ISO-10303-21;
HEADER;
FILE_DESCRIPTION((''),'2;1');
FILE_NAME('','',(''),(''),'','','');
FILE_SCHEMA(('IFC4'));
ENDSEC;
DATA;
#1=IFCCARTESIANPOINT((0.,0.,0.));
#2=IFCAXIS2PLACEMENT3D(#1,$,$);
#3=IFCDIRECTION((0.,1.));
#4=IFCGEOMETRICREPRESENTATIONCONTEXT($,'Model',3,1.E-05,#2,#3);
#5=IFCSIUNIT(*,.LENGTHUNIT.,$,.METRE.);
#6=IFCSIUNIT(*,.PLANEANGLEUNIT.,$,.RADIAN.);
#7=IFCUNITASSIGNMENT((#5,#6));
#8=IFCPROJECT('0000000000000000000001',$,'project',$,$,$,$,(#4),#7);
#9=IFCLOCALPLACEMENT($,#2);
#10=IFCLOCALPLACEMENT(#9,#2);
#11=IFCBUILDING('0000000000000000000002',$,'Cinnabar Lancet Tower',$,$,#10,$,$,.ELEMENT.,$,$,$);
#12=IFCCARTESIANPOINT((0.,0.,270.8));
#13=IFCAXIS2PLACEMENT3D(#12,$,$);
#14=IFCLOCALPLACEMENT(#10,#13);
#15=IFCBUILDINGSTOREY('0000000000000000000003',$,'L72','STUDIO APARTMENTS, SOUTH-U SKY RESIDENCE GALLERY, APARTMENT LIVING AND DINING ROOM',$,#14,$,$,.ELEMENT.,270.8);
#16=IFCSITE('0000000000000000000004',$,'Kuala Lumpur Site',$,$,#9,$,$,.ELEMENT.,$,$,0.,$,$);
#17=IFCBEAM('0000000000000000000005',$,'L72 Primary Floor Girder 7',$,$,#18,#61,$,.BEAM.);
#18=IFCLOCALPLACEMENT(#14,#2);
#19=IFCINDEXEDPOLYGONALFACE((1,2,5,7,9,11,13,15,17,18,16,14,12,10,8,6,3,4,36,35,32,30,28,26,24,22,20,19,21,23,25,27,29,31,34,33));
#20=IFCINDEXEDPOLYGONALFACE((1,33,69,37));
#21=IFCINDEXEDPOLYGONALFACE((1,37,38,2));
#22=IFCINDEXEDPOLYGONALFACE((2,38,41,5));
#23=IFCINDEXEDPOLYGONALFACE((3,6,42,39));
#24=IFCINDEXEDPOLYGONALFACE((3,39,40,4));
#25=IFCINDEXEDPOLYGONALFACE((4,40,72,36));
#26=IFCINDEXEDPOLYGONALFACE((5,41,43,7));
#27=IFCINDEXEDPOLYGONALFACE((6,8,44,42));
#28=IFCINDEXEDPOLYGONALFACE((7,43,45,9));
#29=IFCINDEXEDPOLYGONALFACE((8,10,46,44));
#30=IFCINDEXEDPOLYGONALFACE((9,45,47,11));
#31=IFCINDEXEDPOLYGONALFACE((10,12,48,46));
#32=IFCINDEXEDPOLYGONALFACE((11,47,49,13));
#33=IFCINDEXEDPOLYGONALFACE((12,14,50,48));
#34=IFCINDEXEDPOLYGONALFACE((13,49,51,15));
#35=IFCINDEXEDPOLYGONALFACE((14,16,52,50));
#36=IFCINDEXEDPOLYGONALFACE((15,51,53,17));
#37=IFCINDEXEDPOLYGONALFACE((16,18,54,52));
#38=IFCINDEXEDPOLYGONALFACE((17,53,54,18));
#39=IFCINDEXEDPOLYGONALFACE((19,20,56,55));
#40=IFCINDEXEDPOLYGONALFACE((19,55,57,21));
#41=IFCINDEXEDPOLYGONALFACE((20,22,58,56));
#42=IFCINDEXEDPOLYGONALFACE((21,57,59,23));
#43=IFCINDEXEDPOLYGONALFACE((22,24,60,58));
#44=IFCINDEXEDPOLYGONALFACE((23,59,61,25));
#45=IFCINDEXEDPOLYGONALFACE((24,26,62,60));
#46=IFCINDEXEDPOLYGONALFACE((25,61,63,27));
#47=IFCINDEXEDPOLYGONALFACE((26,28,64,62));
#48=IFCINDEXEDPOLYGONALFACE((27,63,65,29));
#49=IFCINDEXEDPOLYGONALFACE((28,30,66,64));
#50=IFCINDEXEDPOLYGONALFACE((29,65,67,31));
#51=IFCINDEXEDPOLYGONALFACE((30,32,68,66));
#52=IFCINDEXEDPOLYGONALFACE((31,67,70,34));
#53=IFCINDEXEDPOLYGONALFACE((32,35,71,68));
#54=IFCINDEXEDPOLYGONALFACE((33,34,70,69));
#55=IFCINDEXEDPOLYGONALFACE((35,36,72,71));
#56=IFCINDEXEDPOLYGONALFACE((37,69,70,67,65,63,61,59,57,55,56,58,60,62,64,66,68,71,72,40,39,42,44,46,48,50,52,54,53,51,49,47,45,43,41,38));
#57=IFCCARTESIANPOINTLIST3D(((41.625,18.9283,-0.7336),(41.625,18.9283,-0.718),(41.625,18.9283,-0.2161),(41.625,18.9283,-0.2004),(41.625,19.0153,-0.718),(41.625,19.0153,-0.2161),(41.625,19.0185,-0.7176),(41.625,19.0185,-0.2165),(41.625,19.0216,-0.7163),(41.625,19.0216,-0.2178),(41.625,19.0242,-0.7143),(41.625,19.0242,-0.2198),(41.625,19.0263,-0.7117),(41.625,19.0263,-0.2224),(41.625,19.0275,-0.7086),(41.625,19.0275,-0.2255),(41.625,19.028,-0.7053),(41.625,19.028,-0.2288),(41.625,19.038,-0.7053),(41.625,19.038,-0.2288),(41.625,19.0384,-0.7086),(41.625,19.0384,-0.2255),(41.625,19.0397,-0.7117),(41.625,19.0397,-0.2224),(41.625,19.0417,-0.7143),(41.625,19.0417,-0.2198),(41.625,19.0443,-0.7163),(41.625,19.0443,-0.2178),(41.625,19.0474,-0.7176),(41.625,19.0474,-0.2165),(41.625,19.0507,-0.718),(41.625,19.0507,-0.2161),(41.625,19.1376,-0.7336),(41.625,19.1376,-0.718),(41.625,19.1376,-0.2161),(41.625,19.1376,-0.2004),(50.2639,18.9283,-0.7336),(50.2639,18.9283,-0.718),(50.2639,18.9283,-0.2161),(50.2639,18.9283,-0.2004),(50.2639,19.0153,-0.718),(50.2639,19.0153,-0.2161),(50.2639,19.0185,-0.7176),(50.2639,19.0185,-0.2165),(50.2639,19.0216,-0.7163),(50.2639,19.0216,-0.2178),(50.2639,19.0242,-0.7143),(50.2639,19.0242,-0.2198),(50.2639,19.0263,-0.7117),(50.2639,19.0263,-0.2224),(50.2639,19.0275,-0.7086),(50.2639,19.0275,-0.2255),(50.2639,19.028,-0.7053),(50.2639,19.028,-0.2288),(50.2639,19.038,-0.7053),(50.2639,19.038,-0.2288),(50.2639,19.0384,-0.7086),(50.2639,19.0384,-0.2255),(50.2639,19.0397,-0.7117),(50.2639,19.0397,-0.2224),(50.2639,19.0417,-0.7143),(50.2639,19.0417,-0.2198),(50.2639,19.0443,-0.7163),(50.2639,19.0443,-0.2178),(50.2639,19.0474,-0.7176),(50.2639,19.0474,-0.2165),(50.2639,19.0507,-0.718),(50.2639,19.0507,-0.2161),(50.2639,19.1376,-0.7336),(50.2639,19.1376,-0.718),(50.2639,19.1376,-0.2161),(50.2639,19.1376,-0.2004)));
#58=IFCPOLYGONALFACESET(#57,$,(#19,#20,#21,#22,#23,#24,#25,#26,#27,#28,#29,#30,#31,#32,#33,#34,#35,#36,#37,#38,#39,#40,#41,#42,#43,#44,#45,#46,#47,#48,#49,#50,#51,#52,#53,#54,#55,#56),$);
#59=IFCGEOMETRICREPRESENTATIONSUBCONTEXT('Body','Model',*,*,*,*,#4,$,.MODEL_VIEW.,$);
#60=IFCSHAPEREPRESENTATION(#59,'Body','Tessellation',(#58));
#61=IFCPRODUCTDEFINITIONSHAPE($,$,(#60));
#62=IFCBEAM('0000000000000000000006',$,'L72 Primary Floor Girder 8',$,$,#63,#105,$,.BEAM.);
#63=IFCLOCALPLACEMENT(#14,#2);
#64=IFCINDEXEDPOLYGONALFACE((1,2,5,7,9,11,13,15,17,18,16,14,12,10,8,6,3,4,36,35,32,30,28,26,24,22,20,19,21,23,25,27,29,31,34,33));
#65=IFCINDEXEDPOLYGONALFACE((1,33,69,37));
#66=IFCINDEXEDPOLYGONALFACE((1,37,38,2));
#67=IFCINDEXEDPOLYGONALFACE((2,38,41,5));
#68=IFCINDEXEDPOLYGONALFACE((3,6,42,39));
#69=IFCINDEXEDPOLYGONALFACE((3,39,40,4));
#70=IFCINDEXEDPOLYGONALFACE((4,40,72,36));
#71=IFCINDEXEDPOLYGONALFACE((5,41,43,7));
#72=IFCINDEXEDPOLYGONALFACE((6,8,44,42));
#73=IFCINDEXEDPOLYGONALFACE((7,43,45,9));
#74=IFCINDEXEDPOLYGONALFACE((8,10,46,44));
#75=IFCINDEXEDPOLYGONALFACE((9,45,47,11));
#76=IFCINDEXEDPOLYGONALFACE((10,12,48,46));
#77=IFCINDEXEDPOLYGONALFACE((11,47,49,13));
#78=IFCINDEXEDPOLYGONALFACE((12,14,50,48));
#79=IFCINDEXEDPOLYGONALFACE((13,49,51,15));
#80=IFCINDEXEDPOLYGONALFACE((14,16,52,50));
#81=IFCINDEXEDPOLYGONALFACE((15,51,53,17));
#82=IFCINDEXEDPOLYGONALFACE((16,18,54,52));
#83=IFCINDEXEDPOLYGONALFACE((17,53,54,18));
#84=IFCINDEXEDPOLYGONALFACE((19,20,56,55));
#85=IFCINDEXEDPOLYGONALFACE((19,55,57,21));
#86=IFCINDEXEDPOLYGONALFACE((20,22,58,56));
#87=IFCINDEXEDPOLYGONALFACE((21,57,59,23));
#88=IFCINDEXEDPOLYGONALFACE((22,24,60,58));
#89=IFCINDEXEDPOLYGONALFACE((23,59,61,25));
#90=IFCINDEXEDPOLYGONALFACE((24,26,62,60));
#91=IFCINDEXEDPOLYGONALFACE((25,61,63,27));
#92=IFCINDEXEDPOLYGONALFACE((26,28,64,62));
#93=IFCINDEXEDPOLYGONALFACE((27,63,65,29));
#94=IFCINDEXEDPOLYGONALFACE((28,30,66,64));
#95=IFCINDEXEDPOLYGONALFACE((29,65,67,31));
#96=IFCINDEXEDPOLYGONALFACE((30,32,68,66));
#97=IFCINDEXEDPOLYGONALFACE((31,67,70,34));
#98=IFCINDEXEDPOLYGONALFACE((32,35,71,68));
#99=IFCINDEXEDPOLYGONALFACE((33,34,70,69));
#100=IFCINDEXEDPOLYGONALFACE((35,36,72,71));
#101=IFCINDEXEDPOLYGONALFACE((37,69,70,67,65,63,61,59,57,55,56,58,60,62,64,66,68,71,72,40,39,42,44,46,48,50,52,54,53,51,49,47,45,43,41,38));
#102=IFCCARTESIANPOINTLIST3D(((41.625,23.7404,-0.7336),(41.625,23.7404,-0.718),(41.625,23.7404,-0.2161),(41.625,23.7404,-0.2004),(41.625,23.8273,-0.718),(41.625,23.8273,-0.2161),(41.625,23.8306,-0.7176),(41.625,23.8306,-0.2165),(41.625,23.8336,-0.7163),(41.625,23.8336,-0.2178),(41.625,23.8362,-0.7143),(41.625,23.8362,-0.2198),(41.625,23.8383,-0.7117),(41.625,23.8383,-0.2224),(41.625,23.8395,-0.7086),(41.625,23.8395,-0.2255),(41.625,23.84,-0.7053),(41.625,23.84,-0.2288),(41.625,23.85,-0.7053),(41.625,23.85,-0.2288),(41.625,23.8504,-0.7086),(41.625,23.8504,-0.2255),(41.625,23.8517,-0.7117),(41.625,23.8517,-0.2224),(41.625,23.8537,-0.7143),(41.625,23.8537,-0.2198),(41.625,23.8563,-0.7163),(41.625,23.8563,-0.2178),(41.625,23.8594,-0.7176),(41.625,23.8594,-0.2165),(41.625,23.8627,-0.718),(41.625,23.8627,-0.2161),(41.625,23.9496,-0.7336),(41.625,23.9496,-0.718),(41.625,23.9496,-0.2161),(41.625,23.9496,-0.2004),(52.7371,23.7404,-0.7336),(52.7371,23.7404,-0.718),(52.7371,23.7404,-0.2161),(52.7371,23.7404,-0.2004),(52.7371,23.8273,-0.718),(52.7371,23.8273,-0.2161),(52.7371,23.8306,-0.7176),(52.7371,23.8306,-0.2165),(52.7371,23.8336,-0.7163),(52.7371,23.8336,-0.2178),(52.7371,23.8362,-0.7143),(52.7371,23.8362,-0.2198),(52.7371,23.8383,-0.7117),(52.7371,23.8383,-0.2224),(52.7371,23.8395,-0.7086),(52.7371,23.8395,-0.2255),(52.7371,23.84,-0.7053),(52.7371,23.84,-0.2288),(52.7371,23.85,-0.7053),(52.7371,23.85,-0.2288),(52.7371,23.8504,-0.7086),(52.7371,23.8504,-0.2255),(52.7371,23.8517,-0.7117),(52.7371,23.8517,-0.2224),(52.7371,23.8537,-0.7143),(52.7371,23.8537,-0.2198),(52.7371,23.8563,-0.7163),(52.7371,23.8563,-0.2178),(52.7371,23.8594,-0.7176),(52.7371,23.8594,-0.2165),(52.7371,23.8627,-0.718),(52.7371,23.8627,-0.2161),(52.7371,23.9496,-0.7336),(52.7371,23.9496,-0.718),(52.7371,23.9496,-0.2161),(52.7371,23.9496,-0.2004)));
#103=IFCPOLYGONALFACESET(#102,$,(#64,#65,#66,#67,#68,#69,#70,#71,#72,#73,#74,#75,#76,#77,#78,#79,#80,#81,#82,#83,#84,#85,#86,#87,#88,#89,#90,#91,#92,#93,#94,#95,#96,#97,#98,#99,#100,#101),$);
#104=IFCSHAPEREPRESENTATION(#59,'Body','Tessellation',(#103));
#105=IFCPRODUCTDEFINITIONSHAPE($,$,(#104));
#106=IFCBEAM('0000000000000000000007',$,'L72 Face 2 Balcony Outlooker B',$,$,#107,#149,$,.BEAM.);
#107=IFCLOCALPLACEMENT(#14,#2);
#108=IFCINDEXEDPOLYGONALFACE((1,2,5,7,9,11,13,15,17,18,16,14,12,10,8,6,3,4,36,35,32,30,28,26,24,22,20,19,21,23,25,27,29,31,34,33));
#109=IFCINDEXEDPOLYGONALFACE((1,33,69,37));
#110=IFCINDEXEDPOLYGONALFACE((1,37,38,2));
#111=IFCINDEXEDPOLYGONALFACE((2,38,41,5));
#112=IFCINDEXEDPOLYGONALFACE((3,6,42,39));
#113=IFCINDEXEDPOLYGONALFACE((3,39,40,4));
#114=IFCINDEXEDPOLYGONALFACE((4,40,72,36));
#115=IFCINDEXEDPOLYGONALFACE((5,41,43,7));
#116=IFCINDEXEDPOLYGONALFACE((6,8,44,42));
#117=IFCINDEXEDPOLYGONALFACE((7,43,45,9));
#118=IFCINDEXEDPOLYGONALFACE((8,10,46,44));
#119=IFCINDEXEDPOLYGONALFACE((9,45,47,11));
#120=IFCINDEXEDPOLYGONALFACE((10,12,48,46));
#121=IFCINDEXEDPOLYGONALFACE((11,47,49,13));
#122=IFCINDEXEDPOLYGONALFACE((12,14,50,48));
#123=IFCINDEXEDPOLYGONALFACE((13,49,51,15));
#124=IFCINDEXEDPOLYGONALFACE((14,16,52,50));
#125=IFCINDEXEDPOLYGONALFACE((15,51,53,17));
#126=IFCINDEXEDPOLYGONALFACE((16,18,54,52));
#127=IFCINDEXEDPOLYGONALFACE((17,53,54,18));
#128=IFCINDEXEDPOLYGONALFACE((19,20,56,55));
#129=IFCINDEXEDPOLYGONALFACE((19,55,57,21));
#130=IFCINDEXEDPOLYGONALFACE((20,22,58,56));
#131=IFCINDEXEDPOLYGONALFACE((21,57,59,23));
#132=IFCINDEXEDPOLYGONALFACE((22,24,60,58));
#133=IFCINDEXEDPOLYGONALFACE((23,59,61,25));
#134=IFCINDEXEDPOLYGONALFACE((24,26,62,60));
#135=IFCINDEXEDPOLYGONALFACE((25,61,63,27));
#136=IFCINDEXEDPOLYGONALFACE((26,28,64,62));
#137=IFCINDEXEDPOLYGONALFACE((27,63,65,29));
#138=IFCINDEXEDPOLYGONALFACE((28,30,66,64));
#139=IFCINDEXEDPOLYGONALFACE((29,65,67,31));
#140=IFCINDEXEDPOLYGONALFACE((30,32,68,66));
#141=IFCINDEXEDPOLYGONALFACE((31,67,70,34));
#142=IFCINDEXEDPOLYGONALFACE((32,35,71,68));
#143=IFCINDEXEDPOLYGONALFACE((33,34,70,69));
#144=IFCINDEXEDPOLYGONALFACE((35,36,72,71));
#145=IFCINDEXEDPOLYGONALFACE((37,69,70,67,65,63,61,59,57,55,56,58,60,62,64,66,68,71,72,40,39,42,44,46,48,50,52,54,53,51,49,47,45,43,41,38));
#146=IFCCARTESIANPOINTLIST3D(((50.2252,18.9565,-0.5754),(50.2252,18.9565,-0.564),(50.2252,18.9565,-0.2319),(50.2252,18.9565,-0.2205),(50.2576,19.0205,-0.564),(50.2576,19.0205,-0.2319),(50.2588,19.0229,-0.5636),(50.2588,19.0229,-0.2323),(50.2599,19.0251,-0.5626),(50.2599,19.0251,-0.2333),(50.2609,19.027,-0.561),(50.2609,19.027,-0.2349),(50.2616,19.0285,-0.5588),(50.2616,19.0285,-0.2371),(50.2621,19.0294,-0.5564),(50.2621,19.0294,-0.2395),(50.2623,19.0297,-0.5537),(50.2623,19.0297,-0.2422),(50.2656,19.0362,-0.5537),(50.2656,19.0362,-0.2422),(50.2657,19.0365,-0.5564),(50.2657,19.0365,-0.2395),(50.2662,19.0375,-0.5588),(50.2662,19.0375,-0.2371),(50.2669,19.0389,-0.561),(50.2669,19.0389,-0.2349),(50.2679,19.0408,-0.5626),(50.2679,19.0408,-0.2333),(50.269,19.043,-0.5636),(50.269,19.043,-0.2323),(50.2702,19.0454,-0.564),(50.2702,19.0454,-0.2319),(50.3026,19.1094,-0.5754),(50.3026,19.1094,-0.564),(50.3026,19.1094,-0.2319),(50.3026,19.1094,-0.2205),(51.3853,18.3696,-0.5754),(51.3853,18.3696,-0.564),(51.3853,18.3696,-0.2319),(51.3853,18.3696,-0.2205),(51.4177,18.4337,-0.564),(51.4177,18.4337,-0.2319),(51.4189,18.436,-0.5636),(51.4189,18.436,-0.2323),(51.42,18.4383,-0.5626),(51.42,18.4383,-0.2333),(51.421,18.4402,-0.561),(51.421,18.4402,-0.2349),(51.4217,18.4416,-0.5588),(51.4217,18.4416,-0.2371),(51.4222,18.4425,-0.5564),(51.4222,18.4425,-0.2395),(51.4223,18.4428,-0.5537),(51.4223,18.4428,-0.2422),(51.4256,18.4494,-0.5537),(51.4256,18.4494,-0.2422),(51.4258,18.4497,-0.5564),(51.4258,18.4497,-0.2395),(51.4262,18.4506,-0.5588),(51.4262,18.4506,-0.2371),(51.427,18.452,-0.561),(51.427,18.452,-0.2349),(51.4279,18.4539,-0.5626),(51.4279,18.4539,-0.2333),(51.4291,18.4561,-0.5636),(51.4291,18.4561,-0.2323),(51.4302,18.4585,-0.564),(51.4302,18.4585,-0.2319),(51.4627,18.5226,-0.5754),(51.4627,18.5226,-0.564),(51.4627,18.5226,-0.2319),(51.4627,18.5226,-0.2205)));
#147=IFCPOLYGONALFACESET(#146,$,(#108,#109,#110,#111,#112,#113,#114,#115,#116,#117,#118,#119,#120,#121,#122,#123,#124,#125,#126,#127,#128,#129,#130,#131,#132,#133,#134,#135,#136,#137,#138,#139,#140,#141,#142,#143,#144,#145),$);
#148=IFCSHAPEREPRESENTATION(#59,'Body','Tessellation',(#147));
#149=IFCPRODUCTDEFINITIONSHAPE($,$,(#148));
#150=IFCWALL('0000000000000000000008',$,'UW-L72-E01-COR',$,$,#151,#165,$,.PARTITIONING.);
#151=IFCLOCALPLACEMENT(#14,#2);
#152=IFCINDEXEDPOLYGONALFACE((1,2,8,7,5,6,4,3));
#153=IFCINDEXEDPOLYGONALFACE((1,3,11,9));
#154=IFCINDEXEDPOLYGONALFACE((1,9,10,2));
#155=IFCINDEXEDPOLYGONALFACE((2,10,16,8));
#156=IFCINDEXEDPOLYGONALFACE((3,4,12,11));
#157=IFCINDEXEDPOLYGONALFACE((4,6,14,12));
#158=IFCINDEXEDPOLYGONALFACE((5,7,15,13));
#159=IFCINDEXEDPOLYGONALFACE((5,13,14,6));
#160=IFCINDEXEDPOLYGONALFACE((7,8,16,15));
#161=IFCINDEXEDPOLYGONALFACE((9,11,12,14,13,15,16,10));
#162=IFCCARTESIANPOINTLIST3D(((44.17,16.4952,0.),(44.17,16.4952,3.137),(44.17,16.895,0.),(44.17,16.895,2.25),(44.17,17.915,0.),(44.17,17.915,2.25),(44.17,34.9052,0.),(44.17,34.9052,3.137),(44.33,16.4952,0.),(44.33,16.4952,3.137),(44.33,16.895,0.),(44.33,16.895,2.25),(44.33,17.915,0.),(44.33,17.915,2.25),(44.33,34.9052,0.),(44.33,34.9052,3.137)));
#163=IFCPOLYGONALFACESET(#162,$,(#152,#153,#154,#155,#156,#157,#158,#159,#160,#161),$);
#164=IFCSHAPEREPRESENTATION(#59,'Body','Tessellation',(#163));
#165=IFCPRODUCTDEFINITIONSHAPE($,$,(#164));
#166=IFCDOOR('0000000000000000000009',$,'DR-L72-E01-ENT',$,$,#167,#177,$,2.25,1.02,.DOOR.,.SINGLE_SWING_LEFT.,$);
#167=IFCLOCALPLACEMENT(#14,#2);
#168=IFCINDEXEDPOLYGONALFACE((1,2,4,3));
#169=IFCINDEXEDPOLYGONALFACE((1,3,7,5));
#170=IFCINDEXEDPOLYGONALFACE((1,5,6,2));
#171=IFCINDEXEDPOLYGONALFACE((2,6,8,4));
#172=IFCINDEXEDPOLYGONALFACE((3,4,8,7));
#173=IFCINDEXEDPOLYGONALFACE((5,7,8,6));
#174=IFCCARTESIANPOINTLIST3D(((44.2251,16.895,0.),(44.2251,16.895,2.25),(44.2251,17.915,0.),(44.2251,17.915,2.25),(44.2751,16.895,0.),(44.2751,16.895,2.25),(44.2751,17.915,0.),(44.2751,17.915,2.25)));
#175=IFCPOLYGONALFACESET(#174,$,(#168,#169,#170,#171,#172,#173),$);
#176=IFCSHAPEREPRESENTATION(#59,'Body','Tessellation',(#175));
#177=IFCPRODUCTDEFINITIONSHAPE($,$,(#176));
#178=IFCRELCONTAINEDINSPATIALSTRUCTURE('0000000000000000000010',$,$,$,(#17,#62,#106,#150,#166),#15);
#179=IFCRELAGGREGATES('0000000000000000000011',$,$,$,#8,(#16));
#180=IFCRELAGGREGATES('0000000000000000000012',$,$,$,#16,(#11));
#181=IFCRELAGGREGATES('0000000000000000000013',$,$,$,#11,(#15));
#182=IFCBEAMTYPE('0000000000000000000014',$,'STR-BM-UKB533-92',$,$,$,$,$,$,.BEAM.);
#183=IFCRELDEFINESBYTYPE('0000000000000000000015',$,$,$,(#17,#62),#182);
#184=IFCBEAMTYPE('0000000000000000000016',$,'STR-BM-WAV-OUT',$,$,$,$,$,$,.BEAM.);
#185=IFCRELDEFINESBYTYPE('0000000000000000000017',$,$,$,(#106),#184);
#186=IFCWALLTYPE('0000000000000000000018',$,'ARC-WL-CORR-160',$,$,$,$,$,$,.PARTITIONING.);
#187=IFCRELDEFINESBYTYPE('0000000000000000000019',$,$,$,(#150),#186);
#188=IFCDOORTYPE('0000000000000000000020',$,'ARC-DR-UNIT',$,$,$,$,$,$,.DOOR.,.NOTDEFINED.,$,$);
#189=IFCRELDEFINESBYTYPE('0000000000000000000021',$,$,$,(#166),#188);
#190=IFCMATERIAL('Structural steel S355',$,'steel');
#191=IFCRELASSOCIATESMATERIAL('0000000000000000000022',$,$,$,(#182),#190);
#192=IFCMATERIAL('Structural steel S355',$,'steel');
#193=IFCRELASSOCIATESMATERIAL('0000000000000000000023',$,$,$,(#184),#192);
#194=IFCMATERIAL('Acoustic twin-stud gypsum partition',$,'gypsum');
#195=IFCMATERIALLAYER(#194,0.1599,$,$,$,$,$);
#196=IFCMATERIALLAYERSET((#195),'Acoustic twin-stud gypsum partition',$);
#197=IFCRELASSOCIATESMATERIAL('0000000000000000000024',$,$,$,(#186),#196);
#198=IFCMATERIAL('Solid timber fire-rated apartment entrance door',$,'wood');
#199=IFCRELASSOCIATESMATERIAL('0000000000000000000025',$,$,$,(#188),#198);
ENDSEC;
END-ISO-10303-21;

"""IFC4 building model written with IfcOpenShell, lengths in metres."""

from ifc_helpers import new_model, si_unit, direction, frame, frame_2d, origin, origin_2d, place, context, subcontext, project, spatial, rectangle, i_section, extrude, material, layer, layer_set, material_profile, profile_set, type_object, element, fill, save


model = new_model("IFC4")

# Units and contexts
model_context = context("Model", 3, precision=1e-05, world=origin(), true_north=direction((0.0, 1.0)))
body_context = subcontext(model_context, "Body", "Model", "MODEL_VIEW")
ifc_project = project(units=[si_unit("LENGTHUNIT", "METRE"), si_unit("PLANEANGLEUNIT", "RADIAN")], contexts=[model_context])

# Site, building, storey
site_placement = place(None, origin())
site = spatial("IfcSite", under=ifc_project, at=site_placement, Name="Kuala Lumpur Site", CompositionType="ELEMENT", RefElevation=0.0)
building_placement = place(site_placement, origin())
building = spatial("IfcBuilding", under=site, at=building_placement, Name="Cinnabar Lancet Tower", CompositionType="ELEMENT")
storey_placement = place(building_placement, frame((0.0, 0.0, 270.8)))
storey = spatial("IfcBuildingStorey", under=building, at=storey_placement, Name="L72", Description="STUDIO APARTMENTS, SOUTH-U SKY RESIDENCE GALLERY, APARTMENT LIVING AND DINING ROOM", CompositionType="ELEMENT", Elevation=270.8)

# Beams
ifc_material_1 = material(Name="Structural steel S355", Category="steel")
ifc_material_profile_1 = material_profile(ifc_material_1, i_section(OverallWidth=0.2092, OverallDepth=0.5332, WebThickness=0.01, FlangeThickness=0.0156, FilletRadius=0.0127, at=origin_2d()), Name="UKB 533x210x92")
ifc_profile_set_1 = profile_set([ifc_material_profile_1], Name="Structural steel S355")
beam_type_1 = type_object("IfcBeamType", Name="STR-BM-UKB533-92", PredefinedType="BEAM", material=ifc_profile_set_1)
beam_1_placement = place(storey_placement, frame((50.2639, 19.033, -0.467), z_axis=(-1.0, 0.0, 0.0), x_axis=(0.0, -1.0, 0.0)))
element("IfcBeam", 1, at=beam_1_placement, inside=storey, type_object=beam_type_1, Name="L72 Primary Floor Girder 7", PredefinedType="BEAM", context=body_context, shape_type="SweptSolid", body=[
    extrude(i_section(OverallWidth=0.2092, OverallDepth=0.5332, WebThickness=0.01, FlangeThickness=0.0156, FilletRadius=0.0127, at=origin_2d()), origin(), (0.0, 0.0, 1.0), 8.6389),
])
beam_2_placement = place(storey_placement, frame((52.7371, 23.845, -0.467), z_axis=(-1.0, 0.0, 0.0), x_axis=(0.0, -1.0, 0.0)))
element("IfcBeam", 2, at=beam_2_placement, inside=storey, type_object=beam_type_1, Name="L72 Primary Floor Girder 8", PredefinedType="BEAM", context=body_context, shape_type="SweptSolid", body=[
    extrude(i_section(OverallWidth=0.2092, OverallDepth=0.5332, WebThickness=0.01, FlangeThickness=0.0156, FilletRadius=0.0127, at=origin_2d()), origin(), (0.0, 0.0, 1.0), 11.1121),
])
ifc_material_2 = material(Name="Structural steel S355", Category="steel")
ifc_material_profile_2 = material_profile(ifc_material_2, i_section(OverallWidth=0.1714, OverallDepth=0.355, WebThickness=0.0073, FlangeThickness=0.0115, FilletRadius=0.0103, at=origin_2d()), Name="UKB 356x171x51")
ifc_profile_set_2 = profile_set([ifc_material_profile_2], Name="Structural steel S355")
beam_type_2 = type_object("IfcBeamType", Name="STR-BM-WAV-OUT", PredefinedType="BEAM", material=ifc_profile_set_2)
beam_3_placement = place(storey_placement, frame((50.2639, 19.033, -0.3979), z_axis=(0.892314, -0.451415, 0.0), x_axis=(0.451415, 0.892314, 0.0)))
element("IfcBeam", 3, at=beam_3_placement, inside=storey, type_object=beam_type_2, Name="L72 Face 2 Balcony Outlooker B", PredefinedType="BEAM", context=body_context, shape_type="SweptSolid", body=[
    extrude(i_section(OverallWidth=0.1714, OverallDepth=0.355, WebThickness=0.0073, FlangeThickness=0.0115, FilletRadius=0.0103, at=origin_2d()), origin(), (0.0, 0.0, 1.0), 1.3),
])

# Wall, opening, door
ifc_material_3 = material(Name="Acoustic twin-stud gypsum partition", Category="gypsum")
ifc_layer_1 = layer(ifc_material_3, 0.1599)
ifc_layer_set_1 = layer_set([ifc_layer_1], Name="Acoustic twin-stud gypsum partition")
wall_type_1 = type_object("IfcWallType", Name="ARC-WL-CORR-160", PredefinedType="PARTITIONING", material=ifc_layer_set_1)
wall_1_placement = place(storey_placement, frame((44.25, 16.4951, 0.0), z_axis=(0.0, 0.0, 1.0), x_axis=(0.0, 1.0, 0.0)))
wall_1 = element("IfcWall", 4, at=wall_1_placement, inside=storey, type_object=wall_type_1, Name="UW-L72-E01-COR", PredefinedType="PARTITIONING", context=body_context, shape_type="SweptSolid", body=[
    extrude(rectangle(XDim=18.4099, YDim=0.1599, at=frame_2d((9.2051, 0.0))), origin(), (0.0, 0.0, 1.0), 3.137),
])
opening_1_placement = place(wall_1_placement, frame((0.3999, 0.0, 0.0)))
opening_1 = element("IfcOpeningElement", 5, at=opening_1_placement, cuts=wall_1, PredefinedType="OPENING", context=body_context, shape_type="SweptSolid", body=[
    extrude(rectangle(XDim=1.02, YDim=2.25, at=frame_2d((0.51, 1.125))), frame((0.0, 0.0898, 0.0), z_axis=(0.0, -1.0, 0.0), x_axis=(1.0, 0.0, 0.0)), (0.0, 0.0, 1.0), 0.1799),
])
ifc_material_4 = material(Name="Solid timber fire-rated apartment entrance door", Category="wood")
door_type_1 = type_object("IfcDoorType", Name="ARC-DR-UNIT", OperationType="NOTDEFINED", PredefinedType="DOOR", material=ifc_material_4)
door_1_placement = place(opening_1_placement, origin())
door_1 = element("IfcDoor", 6, at=door_1_placement, inside=storey, type_object=door_type_1, Name="DR-L72-E01-ENT", OperationType="SINGLE_SWING_LEFT", OverallHeight=2.25, OverallWidth=1.02, PredefinedType="DOOR", context=body_context, shape_type="SweptSolid", body=[
    extrude(rectangle(XDim=1.02, YDim=2.25, at=frame_2d((0.51, 1.125))), frame((0.0, 0.0249, 0.0), z_axis=(0.0, -1.0, 0.0), x_axis=(1.0, 0.0, 0.0)), (0.0, 0.0, 1.0), 0.05),
])
fill(opening_1, door_1)

save(model, "model.ifc")
